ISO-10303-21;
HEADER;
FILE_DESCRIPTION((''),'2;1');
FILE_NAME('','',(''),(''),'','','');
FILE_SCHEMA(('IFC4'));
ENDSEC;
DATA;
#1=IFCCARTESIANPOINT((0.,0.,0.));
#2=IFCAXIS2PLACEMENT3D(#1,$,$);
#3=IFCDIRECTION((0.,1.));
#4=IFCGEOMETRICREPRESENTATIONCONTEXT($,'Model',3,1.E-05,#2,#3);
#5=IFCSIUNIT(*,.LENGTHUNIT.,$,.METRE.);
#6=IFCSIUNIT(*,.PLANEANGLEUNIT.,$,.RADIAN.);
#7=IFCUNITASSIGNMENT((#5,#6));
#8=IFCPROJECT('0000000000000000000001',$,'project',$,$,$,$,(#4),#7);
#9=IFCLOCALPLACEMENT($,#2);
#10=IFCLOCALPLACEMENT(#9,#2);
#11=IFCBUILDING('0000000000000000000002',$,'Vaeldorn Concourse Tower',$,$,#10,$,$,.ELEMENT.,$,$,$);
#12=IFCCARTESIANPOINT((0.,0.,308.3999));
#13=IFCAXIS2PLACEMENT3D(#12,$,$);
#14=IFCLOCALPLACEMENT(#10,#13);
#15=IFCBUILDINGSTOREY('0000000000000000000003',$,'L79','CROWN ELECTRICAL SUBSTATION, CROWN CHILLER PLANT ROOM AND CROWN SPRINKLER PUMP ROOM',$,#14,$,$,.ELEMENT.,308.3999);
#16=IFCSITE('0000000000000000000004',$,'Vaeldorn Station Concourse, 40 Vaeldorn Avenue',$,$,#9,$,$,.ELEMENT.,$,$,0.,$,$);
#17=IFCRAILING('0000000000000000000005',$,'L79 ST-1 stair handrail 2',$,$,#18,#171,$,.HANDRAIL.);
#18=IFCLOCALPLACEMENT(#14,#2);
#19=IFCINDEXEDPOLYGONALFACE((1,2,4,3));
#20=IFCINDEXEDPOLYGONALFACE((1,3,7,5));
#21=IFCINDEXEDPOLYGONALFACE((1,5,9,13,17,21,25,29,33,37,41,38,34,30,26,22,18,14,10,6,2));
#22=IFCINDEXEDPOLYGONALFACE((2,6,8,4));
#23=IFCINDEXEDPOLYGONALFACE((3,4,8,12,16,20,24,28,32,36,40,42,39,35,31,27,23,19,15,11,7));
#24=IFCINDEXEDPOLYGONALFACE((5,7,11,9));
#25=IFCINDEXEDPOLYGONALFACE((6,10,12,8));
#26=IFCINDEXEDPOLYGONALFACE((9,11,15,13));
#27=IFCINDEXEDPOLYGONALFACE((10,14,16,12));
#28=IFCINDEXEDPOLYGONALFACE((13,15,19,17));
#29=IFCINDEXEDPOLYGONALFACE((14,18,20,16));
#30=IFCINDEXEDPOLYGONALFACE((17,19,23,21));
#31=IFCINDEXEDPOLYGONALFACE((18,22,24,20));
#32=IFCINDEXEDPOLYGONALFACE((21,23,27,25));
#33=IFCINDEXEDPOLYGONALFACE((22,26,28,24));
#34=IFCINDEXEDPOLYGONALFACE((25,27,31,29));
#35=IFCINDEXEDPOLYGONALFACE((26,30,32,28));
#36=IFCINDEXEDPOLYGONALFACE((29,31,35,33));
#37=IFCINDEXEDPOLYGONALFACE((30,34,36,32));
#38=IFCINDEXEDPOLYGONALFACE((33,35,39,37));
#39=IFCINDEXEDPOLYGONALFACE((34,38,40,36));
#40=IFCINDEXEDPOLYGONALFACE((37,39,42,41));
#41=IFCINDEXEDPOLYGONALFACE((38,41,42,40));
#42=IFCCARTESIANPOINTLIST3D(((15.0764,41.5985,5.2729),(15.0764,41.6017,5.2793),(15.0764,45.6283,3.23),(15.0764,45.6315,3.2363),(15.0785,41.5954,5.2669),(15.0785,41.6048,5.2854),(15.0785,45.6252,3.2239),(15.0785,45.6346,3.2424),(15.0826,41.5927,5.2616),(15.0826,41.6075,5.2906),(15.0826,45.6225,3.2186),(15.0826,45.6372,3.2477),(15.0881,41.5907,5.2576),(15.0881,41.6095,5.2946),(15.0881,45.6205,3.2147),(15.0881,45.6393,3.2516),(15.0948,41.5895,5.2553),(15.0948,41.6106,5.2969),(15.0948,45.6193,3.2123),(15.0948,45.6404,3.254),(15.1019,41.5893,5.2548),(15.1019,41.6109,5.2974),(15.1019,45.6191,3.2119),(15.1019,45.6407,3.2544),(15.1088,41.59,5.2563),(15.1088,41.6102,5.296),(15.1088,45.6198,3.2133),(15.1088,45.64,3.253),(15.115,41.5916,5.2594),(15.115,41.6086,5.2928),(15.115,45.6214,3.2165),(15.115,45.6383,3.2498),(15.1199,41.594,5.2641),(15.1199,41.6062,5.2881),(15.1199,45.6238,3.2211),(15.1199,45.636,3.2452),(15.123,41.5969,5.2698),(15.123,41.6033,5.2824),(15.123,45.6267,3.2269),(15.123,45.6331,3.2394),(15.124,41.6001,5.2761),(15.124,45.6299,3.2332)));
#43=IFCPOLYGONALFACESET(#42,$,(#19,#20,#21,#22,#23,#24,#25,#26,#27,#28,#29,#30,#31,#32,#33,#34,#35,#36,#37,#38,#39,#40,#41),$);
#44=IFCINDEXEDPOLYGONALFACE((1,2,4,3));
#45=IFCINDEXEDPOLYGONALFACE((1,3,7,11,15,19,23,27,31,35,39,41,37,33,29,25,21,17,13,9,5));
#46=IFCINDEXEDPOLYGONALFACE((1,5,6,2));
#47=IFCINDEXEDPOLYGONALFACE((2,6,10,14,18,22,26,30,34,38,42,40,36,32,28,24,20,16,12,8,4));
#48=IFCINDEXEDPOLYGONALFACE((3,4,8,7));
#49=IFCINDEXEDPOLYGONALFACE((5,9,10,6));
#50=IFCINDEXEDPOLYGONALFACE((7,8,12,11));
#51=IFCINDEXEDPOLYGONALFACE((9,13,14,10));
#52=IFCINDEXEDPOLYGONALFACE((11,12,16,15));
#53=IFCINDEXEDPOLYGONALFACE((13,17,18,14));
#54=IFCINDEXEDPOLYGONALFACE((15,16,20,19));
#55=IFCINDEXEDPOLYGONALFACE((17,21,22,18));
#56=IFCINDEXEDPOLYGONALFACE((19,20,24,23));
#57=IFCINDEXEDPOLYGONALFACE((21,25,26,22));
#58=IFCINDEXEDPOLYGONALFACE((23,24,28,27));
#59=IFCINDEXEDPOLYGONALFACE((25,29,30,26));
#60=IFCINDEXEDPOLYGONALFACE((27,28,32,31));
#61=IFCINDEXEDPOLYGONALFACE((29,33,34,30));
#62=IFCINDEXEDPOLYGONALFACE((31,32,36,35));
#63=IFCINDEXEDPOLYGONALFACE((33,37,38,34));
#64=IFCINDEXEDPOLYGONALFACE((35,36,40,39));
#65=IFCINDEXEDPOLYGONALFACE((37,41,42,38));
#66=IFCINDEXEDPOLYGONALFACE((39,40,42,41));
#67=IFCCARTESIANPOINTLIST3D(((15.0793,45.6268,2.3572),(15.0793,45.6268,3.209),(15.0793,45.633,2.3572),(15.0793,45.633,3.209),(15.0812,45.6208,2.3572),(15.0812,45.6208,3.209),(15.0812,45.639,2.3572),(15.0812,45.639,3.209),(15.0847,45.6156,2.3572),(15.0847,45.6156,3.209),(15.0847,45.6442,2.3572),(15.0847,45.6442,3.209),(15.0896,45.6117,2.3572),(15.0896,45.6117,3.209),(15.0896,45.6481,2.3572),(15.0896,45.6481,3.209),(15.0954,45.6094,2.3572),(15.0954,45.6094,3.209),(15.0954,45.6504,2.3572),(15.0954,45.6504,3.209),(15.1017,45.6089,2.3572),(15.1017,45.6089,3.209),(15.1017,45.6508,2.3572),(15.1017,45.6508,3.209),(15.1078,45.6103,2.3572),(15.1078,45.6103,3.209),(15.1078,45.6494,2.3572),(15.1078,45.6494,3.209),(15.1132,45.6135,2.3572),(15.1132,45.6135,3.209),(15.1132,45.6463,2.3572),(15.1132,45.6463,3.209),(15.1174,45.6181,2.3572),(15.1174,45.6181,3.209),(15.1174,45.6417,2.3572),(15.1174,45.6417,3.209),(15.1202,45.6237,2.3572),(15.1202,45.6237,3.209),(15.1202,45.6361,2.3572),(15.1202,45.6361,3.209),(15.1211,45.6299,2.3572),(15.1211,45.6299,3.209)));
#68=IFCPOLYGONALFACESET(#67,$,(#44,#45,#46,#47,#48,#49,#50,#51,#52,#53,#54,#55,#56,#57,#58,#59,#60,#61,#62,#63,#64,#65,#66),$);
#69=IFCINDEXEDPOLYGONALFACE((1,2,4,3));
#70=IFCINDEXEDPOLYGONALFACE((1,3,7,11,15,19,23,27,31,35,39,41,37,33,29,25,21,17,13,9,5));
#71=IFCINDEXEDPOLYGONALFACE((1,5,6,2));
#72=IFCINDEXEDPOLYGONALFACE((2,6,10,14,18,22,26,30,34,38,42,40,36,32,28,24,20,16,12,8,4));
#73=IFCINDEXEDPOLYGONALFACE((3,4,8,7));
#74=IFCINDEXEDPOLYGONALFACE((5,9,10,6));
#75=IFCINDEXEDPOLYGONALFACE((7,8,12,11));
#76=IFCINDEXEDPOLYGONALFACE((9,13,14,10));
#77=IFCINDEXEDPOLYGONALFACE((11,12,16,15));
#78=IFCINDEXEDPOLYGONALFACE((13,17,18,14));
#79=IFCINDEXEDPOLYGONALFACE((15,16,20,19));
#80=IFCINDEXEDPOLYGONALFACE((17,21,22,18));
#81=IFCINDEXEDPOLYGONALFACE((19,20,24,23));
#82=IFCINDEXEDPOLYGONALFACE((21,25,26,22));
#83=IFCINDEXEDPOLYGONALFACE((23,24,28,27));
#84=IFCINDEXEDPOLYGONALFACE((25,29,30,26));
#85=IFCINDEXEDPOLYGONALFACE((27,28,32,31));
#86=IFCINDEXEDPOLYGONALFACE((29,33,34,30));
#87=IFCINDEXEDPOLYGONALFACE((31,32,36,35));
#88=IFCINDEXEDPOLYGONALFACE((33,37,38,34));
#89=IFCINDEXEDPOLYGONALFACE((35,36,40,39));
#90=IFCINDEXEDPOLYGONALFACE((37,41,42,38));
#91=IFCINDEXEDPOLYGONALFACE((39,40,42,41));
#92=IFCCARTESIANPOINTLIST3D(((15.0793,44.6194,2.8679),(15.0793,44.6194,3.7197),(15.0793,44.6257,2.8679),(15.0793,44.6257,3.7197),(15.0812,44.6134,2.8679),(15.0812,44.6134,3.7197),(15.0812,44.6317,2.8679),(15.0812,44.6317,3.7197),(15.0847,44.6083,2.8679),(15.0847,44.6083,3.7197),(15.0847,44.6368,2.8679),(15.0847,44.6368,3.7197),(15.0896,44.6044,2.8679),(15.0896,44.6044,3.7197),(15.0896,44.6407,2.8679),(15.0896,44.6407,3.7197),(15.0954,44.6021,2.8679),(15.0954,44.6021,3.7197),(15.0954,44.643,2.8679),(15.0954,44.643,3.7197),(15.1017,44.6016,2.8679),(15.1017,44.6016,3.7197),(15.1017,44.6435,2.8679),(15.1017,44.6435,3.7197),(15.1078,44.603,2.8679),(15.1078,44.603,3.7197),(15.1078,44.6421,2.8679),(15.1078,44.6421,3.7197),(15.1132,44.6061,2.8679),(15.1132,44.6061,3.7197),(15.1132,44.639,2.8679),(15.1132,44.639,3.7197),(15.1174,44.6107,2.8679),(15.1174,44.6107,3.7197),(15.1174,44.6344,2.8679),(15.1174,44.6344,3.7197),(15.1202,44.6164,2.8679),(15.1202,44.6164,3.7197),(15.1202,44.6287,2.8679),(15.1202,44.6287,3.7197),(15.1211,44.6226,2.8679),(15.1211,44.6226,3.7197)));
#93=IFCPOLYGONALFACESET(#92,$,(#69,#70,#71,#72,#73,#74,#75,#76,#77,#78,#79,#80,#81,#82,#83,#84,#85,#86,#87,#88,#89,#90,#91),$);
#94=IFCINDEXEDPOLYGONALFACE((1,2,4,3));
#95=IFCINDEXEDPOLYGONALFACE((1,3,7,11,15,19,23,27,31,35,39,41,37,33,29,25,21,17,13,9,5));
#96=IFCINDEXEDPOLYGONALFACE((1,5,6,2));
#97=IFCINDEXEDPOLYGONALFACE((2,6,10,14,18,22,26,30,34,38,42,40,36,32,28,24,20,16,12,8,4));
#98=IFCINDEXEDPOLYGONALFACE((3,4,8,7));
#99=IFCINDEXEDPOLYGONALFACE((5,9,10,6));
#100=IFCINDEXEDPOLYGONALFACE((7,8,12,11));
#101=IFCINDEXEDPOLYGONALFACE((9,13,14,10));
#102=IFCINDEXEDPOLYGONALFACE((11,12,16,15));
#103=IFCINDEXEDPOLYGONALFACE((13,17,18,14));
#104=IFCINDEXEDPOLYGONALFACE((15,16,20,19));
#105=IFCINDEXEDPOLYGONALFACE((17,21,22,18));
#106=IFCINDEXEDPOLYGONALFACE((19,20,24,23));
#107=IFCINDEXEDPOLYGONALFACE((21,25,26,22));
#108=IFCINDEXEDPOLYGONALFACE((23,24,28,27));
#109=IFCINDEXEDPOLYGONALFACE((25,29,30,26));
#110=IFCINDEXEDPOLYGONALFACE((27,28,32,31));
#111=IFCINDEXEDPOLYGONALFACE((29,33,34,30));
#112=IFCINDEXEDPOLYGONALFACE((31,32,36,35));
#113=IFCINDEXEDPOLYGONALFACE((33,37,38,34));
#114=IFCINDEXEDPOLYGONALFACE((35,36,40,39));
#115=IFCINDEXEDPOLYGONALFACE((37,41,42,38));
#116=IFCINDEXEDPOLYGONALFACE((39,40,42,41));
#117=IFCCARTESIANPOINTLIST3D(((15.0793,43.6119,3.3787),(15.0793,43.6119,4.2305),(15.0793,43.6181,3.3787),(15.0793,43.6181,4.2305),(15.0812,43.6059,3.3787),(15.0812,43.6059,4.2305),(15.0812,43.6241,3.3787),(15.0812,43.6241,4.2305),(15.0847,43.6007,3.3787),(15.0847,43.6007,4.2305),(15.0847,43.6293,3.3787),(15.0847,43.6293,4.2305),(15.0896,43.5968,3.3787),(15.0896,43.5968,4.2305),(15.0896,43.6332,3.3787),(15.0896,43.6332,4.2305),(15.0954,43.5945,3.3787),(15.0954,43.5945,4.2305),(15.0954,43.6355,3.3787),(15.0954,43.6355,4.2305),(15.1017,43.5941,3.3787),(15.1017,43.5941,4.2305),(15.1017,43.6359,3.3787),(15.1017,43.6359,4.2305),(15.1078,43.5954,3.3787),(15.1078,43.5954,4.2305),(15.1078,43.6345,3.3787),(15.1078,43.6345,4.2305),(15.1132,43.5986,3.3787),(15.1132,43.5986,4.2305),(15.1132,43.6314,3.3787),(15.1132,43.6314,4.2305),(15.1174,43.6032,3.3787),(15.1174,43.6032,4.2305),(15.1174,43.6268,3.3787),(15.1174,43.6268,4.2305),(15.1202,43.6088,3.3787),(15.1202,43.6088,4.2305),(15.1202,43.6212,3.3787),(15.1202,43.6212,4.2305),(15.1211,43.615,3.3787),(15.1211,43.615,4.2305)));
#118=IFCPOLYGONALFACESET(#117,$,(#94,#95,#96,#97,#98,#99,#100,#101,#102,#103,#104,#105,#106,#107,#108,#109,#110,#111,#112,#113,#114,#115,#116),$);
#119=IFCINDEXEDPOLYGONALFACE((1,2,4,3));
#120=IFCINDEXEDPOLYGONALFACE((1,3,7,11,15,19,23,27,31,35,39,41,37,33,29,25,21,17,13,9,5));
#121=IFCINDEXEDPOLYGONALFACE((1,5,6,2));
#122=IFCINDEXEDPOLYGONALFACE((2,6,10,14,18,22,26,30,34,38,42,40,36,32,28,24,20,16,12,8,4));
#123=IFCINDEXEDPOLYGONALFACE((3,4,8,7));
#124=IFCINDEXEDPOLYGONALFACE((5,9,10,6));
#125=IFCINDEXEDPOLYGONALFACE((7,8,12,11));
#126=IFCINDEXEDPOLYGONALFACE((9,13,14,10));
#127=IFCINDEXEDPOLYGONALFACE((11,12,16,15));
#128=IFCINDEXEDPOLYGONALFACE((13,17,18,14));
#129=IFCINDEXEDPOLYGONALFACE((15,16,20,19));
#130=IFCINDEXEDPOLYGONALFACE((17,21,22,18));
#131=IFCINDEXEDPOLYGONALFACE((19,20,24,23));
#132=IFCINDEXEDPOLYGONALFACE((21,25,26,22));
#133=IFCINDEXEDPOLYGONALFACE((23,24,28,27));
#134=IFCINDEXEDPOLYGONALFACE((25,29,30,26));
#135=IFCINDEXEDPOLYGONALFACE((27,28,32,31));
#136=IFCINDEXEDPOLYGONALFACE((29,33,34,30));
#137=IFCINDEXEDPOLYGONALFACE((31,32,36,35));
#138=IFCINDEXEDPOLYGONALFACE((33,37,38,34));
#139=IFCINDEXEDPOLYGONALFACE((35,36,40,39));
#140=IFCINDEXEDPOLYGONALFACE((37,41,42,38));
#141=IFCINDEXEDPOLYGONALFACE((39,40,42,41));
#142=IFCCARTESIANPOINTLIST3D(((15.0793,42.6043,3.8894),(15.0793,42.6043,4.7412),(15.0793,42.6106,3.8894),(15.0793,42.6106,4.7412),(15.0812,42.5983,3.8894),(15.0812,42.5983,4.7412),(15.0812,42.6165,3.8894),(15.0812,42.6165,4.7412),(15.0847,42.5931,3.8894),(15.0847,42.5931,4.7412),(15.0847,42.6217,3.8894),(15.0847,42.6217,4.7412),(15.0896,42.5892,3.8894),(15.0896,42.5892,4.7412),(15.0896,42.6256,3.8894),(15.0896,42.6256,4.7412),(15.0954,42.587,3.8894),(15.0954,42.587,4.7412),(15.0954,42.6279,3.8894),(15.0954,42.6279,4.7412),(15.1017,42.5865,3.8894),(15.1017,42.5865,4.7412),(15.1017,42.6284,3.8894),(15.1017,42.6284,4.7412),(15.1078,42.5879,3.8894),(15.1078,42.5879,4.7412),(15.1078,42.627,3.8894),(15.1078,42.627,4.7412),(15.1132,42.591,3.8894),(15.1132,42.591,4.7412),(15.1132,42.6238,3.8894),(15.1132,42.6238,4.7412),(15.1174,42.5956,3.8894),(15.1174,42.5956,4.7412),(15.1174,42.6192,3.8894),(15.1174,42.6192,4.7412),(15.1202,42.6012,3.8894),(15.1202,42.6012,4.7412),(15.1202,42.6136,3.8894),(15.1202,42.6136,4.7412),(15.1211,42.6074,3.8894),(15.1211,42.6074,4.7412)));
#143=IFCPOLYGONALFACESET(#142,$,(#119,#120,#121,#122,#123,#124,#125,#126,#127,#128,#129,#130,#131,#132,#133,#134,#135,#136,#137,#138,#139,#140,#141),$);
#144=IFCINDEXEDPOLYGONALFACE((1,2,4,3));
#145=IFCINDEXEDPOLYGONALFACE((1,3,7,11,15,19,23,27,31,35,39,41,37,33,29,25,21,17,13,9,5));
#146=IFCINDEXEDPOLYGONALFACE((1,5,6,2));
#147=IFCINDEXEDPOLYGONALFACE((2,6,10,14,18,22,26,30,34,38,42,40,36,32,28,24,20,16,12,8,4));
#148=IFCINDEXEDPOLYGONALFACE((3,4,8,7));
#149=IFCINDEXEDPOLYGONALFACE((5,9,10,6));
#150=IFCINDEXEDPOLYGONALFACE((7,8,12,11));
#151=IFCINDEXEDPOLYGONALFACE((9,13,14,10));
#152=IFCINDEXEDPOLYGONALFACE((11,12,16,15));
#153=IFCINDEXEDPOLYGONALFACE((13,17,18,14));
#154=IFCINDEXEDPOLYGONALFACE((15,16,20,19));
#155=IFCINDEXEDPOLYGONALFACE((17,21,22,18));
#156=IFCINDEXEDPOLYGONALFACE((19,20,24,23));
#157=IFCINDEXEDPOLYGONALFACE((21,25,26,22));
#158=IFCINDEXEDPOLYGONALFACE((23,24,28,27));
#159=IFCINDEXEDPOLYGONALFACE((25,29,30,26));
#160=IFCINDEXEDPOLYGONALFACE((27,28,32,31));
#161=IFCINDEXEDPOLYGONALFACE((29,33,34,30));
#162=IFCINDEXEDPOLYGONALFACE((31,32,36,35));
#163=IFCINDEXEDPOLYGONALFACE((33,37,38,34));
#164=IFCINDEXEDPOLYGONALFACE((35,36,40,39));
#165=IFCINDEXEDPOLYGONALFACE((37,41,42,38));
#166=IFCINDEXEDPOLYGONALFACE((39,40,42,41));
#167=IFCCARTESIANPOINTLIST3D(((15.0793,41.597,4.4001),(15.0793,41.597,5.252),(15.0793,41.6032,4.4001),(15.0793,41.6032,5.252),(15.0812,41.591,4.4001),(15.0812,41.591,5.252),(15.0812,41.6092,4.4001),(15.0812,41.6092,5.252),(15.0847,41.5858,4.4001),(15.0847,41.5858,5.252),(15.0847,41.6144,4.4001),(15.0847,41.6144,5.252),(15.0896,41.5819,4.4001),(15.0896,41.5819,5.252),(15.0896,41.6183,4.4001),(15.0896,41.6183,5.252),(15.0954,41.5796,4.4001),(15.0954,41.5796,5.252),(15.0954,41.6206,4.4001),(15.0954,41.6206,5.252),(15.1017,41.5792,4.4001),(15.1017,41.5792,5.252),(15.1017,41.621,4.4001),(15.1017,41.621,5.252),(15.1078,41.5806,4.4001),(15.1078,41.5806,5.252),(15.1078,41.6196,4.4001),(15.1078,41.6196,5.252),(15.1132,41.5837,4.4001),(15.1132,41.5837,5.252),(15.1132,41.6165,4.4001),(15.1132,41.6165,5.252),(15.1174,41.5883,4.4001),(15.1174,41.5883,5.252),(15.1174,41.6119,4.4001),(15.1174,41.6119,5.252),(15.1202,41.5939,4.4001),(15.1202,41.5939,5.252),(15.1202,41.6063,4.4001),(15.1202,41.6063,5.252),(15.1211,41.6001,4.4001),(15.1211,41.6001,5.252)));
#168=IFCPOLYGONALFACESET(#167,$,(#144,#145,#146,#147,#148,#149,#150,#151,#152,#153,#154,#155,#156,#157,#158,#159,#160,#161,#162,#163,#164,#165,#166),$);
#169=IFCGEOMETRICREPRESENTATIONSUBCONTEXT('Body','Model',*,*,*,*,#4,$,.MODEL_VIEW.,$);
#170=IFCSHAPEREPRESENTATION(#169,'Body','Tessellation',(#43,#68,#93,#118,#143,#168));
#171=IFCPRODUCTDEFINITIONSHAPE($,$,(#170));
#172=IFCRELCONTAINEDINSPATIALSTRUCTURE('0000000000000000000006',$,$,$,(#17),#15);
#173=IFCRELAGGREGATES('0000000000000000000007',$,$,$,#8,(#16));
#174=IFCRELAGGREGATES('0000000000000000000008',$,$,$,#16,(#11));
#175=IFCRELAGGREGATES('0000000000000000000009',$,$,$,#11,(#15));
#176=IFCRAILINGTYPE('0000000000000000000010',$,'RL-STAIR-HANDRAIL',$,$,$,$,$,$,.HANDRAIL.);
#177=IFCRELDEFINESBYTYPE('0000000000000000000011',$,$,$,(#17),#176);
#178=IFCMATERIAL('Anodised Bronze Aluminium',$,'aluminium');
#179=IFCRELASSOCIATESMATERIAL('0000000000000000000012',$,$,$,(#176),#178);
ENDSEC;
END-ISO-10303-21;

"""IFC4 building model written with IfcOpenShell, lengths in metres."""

from ifc_helpers import new_model, si_unit, direction, frame, origin, origin_2d, place, context, subcontext, project, spatial, circle, extrude, material, type_object, element, save


model = new_model("IFC4")

# Units and contexts
model_context = context("Model", 3, precision=1e-05, world=origin(), true_north=direction((0.0, 1.0)))
body_context = subcontext(model_context, "Body", "Model", "MODEL_VIEW")
ifc_project = project(units=[si_unit("LENGTHUNIT", "METRE"), si_unit("PLANEANGLEUNIT", "RADIAN")], contexts=[model_context])

# Site, building, storey
site_placement = place(None, origin())
site = spatial("IfcSite", under=ifc_project, at=site_placement, Name="Vaeldorn Station Concourse, 40 Vaeldorn Avenue", CompositionType="ELEMENT", RefElevation=0.0)
building_placement = place(site_placement, origin())
building = spatial("IfcBuilding", under=site, at=building_placement, Name="Vaeldorn Concourse Tower", CompositionType="ELEMENT")
storey_placement = place(building_placement, frame((0.0, 0.0, 308.3999)))
storey = spatial("IfcBuildingStorey", under=building, at=storey_placement, Name="L79", Description="CROWN ELECTRICAL SUBSTATION, CROWN CHILLER PLANT ROOM AND CROWN SPRINKLER PUMP ROOM", CompositionType="ELEMENT", Elevation=308.3999)

# Shared definitions
ifc_material_1 = material(Name="Anodised Bronze Aluminium", Category="aluminium")

# Railing
railing_type_1 = type_object("IfcRailingType", Name="RL-STAIR-HANDRAIL", PredefinedType="HANDRAIL", material=ifc_material_1)
railing_1_placement = place(storey_placement, frame((15.1001, 45.6299, 2.3572)))
element("IfcRailing", 1, at=railing_1_placement, inside=storey, type_object=railing_type_1, Name="L79 ST-1 stair handrail 2", PredefinedType="HANDRAIL", context=body_context, shape_type="SweptSolid", body=[
    extrude(circle(Radius=0.0239, at=origin_2d()), frame((0.0, 0.0, 0.876), z_axis=(0.0, -0.891928, 0.452178), x_axis=(1.0, 0.0, 0.0)), (0.0, 0.0, 1.0), 4.5181),
    extrude(circle(Radius=0.021, at=origin_2d()), origin(), (0.0, 0.0, 1.0), 0.8518),
    extrude(circle(Radius=0.021, at=origin_2d()), frame((0.0, -1.0073, 0.5107)), (0.0, 0.0, 1.0), 0.8518),
    extrude(circle(Radius=0.021, at=origin_2d()), frame((0.0, -2.0149, 1.0215)), (0.0, 0.0, 1.0), 0.8518),
    extrude(circle(Radius=0.021, at=origin_2d()), frame((0.0, -3.0225, 1.5322)), (0.0, 0.0, 1.0), 0.8518),
    extrude(circle(Radius=0.021, at=origin_2d()), frame((0.0, -4.0298, 2.043)), (0.0, 0.0, 1.0), 0.8518),
])

save(model, "model.ifc")
